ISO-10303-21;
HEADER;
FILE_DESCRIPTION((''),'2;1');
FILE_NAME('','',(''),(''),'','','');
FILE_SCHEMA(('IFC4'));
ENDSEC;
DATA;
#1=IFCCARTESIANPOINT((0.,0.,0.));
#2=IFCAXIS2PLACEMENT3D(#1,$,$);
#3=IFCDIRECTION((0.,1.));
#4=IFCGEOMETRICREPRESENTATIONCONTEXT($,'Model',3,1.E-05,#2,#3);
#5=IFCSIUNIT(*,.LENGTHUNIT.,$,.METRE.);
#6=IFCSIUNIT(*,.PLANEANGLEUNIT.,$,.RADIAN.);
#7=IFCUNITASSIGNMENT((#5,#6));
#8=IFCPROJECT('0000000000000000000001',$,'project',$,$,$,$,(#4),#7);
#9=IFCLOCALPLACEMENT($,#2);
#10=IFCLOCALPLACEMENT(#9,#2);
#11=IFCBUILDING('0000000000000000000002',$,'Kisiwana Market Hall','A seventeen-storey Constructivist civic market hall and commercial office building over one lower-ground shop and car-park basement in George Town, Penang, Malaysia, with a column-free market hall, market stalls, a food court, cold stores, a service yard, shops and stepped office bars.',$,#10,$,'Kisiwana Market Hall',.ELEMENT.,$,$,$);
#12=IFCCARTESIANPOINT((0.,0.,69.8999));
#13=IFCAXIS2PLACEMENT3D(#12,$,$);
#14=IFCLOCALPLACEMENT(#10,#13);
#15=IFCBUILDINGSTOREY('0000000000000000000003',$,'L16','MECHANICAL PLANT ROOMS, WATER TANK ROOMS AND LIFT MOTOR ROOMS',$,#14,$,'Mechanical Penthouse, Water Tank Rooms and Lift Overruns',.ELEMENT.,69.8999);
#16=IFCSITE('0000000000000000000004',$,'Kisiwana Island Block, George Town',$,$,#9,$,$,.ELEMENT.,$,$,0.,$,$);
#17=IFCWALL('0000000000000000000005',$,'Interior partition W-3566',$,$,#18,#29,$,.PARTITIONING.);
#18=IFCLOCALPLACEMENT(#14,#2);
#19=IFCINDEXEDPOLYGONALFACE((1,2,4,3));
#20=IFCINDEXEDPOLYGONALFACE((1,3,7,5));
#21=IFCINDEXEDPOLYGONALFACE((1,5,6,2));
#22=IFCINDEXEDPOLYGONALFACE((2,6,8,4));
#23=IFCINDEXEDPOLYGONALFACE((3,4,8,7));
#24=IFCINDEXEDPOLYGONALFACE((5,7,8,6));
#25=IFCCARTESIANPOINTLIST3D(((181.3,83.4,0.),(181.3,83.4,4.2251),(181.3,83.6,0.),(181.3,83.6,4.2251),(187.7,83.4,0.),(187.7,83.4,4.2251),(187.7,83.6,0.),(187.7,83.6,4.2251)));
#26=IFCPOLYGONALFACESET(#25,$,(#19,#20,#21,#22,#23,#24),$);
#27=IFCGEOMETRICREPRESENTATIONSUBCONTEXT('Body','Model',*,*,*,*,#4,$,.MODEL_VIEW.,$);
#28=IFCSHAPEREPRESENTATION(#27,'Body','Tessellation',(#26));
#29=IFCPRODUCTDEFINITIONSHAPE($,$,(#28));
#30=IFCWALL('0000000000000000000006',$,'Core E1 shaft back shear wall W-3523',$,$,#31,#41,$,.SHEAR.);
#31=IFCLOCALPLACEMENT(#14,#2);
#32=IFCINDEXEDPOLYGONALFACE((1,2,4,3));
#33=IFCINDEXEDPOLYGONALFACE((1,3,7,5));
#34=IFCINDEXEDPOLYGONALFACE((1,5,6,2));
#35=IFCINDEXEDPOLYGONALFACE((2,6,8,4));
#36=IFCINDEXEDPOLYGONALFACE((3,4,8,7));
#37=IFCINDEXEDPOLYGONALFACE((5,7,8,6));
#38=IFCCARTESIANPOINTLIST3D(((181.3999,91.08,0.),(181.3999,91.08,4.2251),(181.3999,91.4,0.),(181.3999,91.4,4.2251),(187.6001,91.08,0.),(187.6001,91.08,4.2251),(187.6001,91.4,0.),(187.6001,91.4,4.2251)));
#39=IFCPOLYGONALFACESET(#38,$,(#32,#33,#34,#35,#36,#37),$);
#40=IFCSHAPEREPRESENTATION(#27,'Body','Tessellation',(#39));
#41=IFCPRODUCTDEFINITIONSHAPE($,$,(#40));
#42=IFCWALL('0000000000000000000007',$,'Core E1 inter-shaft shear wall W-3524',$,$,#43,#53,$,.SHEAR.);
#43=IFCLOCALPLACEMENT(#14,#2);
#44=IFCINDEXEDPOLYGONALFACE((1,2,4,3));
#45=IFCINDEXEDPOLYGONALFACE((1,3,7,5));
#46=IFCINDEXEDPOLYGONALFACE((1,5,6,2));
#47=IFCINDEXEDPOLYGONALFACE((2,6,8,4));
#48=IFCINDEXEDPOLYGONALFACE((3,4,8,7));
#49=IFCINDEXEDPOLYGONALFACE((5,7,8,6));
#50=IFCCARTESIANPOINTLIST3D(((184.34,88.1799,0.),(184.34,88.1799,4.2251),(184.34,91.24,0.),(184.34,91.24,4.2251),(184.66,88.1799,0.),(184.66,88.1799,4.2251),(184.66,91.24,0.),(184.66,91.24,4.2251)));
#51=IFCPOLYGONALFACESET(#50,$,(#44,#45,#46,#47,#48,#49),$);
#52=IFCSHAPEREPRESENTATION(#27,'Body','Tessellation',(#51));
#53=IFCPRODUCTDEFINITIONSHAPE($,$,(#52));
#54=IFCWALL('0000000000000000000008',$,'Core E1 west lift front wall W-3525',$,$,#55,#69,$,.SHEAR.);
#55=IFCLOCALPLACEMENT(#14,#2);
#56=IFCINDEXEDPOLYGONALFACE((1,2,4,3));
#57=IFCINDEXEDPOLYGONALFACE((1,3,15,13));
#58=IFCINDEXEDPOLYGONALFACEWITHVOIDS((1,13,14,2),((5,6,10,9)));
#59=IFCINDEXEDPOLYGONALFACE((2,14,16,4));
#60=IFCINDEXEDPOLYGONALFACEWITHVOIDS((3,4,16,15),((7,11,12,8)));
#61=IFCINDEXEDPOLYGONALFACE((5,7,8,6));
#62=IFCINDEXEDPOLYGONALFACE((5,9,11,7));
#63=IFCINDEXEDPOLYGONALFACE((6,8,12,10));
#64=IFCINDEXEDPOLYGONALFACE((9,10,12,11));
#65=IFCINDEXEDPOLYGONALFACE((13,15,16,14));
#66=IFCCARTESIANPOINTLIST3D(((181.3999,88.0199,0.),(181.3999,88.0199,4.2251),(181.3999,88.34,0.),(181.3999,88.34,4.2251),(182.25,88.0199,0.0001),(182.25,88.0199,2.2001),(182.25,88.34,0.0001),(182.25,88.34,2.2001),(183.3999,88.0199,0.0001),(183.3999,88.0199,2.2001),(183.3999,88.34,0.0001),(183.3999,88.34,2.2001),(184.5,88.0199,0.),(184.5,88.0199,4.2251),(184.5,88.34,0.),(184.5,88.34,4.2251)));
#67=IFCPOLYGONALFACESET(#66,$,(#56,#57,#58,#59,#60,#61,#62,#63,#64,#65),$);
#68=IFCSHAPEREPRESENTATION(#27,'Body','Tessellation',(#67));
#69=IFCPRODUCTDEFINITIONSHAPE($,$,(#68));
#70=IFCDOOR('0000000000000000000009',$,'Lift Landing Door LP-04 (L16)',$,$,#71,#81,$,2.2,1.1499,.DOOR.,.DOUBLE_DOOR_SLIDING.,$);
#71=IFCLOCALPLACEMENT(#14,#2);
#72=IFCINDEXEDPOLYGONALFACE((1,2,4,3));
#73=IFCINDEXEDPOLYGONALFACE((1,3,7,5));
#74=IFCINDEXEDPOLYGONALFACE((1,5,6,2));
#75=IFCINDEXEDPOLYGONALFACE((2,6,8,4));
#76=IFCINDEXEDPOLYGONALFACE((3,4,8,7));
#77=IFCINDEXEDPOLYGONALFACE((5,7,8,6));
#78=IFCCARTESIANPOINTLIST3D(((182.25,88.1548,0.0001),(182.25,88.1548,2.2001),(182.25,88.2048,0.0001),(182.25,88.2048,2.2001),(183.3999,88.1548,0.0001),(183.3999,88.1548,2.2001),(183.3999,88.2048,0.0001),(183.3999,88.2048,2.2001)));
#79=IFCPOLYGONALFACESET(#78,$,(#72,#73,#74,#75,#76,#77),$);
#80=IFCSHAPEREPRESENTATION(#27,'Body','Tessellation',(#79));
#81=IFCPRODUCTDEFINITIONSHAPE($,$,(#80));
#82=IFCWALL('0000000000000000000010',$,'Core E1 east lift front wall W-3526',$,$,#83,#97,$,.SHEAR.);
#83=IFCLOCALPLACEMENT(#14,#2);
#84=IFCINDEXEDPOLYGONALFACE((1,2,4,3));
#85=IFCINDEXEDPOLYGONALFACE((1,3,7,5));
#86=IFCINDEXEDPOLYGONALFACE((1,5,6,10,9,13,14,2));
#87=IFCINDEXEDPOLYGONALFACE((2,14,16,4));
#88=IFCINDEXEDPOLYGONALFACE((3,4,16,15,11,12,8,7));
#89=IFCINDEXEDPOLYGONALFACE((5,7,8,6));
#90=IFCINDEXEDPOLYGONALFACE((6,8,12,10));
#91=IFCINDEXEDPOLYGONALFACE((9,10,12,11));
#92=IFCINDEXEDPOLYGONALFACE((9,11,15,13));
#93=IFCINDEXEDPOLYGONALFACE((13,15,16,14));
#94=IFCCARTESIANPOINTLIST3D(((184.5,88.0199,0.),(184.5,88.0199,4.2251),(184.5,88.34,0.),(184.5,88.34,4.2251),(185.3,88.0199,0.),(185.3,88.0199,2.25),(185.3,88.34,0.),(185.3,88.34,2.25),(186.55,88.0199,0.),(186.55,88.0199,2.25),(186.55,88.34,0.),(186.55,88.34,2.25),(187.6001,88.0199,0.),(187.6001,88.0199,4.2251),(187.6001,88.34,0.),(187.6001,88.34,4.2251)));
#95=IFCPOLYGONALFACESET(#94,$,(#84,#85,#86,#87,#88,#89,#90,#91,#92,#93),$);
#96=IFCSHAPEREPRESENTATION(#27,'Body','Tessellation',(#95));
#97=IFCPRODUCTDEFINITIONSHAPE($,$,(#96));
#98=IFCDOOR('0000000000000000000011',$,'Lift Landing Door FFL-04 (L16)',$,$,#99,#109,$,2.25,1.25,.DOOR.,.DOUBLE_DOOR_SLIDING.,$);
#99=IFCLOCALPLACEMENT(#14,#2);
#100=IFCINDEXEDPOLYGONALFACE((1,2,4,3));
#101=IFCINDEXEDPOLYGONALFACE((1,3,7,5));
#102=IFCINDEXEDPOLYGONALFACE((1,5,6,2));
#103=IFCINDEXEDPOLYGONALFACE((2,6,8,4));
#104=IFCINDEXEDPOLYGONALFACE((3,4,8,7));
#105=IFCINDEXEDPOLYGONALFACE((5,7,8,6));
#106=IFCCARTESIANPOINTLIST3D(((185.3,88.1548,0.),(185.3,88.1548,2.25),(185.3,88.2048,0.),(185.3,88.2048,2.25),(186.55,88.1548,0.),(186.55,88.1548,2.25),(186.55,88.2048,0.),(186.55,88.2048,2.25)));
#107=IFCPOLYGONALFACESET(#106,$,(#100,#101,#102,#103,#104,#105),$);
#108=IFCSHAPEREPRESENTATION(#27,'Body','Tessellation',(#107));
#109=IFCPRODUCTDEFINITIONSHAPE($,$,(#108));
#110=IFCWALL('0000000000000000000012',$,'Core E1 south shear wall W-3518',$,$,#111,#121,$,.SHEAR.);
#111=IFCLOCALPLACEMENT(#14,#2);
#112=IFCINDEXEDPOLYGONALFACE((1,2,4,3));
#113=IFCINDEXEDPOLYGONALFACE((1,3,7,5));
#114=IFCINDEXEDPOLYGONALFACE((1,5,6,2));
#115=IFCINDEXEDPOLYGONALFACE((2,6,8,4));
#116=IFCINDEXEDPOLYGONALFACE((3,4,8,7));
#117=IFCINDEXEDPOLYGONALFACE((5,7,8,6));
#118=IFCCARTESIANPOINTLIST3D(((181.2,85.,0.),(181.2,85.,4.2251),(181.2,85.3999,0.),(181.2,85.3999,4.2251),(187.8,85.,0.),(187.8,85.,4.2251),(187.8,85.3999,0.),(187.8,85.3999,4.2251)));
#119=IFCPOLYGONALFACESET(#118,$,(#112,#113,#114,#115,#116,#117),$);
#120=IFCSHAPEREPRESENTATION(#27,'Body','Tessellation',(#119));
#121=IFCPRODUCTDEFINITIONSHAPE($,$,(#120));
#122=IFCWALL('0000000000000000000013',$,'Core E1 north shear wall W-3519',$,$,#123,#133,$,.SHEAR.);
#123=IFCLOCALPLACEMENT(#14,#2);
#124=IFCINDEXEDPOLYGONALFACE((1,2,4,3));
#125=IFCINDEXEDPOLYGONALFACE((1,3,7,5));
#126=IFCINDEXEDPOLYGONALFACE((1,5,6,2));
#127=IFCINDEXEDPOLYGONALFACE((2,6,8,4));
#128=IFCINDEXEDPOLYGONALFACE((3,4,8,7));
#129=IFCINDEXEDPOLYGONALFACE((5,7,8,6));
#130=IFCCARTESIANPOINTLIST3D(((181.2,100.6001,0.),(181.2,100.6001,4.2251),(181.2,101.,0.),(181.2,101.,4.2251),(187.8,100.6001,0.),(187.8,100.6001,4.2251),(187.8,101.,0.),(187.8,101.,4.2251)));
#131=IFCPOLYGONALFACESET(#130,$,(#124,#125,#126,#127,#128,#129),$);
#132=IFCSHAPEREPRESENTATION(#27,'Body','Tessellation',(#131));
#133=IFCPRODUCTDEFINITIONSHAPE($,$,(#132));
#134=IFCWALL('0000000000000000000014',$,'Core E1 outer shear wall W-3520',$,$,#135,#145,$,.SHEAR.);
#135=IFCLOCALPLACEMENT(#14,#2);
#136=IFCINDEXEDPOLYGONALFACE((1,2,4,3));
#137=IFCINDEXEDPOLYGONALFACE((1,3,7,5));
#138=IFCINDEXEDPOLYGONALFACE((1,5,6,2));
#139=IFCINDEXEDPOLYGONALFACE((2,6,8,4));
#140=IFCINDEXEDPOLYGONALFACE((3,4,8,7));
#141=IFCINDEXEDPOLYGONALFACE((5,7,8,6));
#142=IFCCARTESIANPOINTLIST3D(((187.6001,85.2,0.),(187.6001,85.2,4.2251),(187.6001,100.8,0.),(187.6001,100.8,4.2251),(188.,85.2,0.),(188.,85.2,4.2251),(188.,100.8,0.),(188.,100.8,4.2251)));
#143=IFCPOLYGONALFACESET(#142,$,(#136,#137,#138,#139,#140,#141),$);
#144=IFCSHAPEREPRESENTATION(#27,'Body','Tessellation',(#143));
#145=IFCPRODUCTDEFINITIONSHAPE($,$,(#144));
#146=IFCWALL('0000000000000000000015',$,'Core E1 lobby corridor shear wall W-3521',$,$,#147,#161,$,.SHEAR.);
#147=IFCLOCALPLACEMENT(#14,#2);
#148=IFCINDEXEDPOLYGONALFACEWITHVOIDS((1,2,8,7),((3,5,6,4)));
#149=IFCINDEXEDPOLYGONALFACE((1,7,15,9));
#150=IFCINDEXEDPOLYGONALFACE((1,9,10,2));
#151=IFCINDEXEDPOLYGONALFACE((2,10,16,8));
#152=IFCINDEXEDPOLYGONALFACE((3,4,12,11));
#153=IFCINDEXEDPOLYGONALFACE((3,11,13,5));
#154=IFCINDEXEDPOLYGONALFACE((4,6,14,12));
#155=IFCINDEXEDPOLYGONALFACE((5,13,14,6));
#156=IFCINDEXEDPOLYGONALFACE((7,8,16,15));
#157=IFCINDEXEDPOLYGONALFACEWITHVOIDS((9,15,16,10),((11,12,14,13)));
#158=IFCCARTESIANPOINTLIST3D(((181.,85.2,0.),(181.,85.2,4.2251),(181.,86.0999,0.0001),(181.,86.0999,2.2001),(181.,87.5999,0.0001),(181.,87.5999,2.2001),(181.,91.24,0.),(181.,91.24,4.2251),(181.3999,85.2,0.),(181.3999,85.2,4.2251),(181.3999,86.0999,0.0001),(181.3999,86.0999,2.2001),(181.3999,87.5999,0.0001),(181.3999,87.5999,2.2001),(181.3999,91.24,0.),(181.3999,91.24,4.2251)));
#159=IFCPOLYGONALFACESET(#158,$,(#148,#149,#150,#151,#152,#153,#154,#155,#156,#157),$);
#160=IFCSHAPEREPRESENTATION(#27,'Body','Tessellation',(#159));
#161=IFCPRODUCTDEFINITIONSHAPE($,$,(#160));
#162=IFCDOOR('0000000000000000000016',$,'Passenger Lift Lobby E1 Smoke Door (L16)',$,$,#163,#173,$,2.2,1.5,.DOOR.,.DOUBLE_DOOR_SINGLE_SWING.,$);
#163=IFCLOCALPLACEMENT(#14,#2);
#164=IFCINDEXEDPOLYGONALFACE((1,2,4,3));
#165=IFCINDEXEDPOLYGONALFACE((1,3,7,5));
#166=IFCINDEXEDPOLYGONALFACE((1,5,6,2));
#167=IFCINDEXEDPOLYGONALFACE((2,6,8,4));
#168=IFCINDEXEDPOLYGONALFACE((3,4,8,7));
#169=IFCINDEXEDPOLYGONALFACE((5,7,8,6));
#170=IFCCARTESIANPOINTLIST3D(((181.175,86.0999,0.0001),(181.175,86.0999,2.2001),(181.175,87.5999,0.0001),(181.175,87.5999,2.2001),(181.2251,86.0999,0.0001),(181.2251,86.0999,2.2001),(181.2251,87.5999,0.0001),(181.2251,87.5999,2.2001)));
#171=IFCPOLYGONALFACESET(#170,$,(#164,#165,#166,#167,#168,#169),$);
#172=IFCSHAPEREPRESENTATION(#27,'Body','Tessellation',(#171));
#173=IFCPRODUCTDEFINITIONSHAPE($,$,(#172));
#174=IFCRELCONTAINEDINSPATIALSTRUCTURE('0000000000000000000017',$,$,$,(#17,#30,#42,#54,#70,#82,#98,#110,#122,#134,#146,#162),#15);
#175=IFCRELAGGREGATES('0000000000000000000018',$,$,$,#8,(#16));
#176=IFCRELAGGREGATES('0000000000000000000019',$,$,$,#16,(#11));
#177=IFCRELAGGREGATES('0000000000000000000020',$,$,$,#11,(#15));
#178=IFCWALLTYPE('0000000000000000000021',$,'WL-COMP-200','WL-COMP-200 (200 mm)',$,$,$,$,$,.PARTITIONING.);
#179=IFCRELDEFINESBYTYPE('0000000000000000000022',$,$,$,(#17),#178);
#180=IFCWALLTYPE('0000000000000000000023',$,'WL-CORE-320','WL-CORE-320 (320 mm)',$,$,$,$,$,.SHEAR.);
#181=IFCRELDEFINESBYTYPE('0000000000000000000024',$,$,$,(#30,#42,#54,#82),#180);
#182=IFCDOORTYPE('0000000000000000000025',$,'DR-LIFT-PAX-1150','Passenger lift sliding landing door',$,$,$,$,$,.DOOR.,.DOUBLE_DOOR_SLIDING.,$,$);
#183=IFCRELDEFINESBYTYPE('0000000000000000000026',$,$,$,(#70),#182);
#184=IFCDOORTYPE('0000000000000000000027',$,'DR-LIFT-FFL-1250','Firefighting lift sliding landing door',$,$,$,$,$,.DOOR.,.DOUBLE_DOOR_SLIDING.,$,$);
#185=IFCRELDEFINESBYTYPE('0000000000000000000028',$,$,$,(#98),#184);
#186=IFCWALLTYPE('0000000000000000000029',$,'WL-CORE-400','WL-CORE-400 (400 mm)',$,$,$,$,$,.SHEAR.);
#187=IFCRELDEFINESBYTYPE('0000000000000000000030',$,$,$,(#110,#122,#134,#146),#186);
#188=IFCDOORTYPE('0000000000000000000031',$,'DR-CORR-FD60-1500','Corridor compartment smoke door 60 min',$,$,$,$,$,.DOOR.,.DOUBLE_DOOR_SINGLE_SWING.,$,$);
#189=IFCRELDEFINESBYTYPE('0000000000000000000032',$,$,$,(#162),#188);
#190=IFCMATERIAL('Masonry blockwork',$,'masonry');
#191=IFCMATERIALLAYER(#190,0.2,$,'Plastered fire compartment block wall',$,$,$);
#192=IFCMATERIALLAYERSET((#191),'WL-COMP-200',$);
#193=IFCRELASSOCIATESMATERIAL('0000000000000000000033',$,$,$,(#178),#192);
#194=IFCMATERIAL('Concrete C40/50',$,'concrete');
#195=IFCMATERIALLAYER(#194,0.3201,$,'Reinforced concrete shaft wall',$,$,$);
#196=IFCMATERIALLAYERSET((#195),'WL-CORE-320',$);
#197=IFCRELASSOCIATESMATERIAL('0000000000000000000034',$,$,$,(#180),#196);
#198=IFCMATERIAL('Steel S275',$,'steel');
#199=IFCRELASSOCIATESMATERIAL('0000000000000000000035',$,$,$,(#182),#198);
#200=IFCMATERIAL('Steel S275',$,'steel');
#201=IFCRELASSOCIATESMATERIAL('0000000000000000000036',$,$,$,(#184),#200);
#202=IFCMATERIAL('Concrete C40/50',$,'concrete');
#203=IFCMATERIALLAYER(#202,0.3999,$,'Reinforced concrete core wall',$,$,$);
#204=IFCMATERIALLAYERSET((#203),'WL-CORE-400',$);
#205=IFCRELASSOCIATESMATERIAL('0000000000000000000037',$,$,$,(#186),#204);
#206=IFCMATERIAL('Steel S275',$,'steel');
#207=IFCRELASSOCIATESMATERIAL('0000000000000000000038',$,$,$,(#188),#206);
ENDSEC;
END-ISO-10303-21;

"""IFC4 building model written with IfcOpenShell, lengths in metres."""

from ifc_helpers import new_model, si_unit, direction, frame, frame_2d, origin, place, context, subcontext, project, spatial, rectangle, extrude, material, layer, layer_set, type_object, element, fill, save


model = new_model("IFC4")

# Units and contexts
model_context = context("Model", 3, precision=1e-05, world=origin(), true_north=direction((0.0, 1.0)))
body_context = subcontext(model_context, "Body", "Model", "MODEL_VIEW")
ifc_project = project(units=[si_unit("LENGTHUNIT", "METRE"), si_unit("PLANEANGLEUNIT", "RADIAN")], contexts=[model_context])

# Site, building, storey
site_placement = place(None, origin())
site = spatial("IfcSite", under=ifc_project, at=site_placement, Name="Kisiwana Island Block, George Town", CompositionType="ELEMENT", RefElevation=0.0)
building_placement = place(site_placement, origin())
building = spatial("IfcBuilding", under=site, at=building_placement, Name="Kisiwana Market Hall", Description="A seventeen-storey Constructivist civic market hall and commercial office building over one lower-ground shop and car-park basement in George Town, Penang, Malaysia, with a column-free market hall, market stalls, a food court, cold stores, a service yard, shops and stepped office bars.", LongName="Kisiwana Market Hall", CompositionType="ELEMENT")
storey_placement = place(building_placement, frame((0.0, 0.0, 69.8999)))
storey = spatial("IfcBuildingStorey", under=building, at=storey_placement, Name="L16", Description="MECHANICAL PLANT ROOMS, WATER TANK ROOMS AND LIFT MOTOR ROOMS", LongName="Mechanical Penthouse, Water Tank Rooms and Lift Overruns", CompositionType="ELEMENT", Elevation=69.8999)

# Shared definitions
ifc_material_1 = material(Name="Masonry blockwork", Category="masonry")
ifc_layer_1 = layer(ifc_material_1, 0.2, Name="Plastered fire compartment block wall")
ifc_layer_set_1 = layer_set([ifc_layer_1], Name="WL-COMP-200")
wall_type_1 = type_object("IfcWallType", Name="WL-COMP-200", Description="WL-COMP-200 (200 mm)", PredefinedType="PARTITIONING", material=ifc_layer_set_1)

# Walls
for number, where, z_axis, x_axis, name in (
    (1, (181.3, 83.5, 0.0), (0.0, 0.0, 1.0), (1.0, 0.0, 0.0), "Interior partition W-3566"),
):
    element("IfcWall", number, at=place(storey_placement, frame(where, z_axis=z_axis, x_axis=x_axis)), inside=storey, type_object=wall_type_1, Name=name, PredefinedType="PARTITIONING", context=body_context, shape_type="SweptSolid", body=[
        extrude(rectangle(XDim=6.3999, YDim=0.2, at=frame_2d((3.2, 0.0))), origin(), (0.0, 0.0, 1.0), 4.2251),
    ])
ifc_material_2 = material(Name="Concrete C40/50", Category="concrete")
ifc_layer_2 = layer(ifc_material_2, 0.3201, Name="Reinforced concrete shaft wall")
ifc_layer_set_2 = layer_set([ifc_layer_2], Name="WL-CORE-320")
wall_type_2 = type_object("IfcWallType", Name="WL-CORE-320", Description="WL-CORE-320 (320 mm)", PredefinedType="SHEAR", material=ifc_layer_set_2)
wall_1_placement = place(storey_placement, frame((181.3999, 91.24, 0.0), z_axis=(0.0, 0.0, 1.0), x_axis=(1.0, 0.0, 0.0)))
element("IfcWall", 2, at=wall_1_placement, inside=storey, type_object=wall_type_2, Name="Core E1 shaft back shear wall W-3523", PredefinedType="SHEAR", context=body_context, shape_type="SweptSolid", body=[
    extrude(rectangle(XDim=6.2002, YDim=0.3201, at=frame_2d((3.1001, 0.0))), origin(), (0.0, 0.0, 1.0), 4.2251),
])
wall_2_placement = place(storey_placement, frame((184.5, 88.1799, 0.0), z_axis=(0.0, 0.0, 1.0), x_axis=(0.0, 1.0, 0.0)))
element("IfcWall", 3, at=wall_2_placement, inside=storey, type_object=wall_type_2, Name="Core E1 inter-shaft shear wall W-3524", PredefinedType="SHEAR", context=body_context, shape_type="SweptSolid", body=[
    extrude(rectangle(XDim=3.0601, YDim=0.3201, at=frame_2d((1.53, 0.0))), origin(), (0.0, 0.0, 1.0), 4.2251),
])

# Walls, openings, doors
wall_3_placement = place(storey_placement, frame((181.3999, 88.1799, 0.0), z_axis=(0.0, 0.0, 1.0), x_axis=(1.0, 0.0, 0.0)))
wall_3 = element("IfcWall", 4, at=wall_3_placement, inside=storey, type_object=wall_type_2, Name="Core E1 west lift front wall W-3525", PredefinedType="SHEAR", context=body_context, shape_type="SweptSolid", body=[
    extrude(rectangle(XDim=3.1001, YDim=0.3201, at=frame_2d((1.55, 0.0))), origin(), (0.0, 0.0, 1.0), 4.2251),
])
opening_1_placement = place(wall_3_placement, frame((0.8501, 0.0, 0.0)))
opening_1 = element("IfcOpeningElement", 5, at=opening_1_placement, cuts=wall_3, PredefinedType="OPENING", context=body_context, shape_type="SweptSolid", body=[
    extrude(rectangle(XDim=1.1499, YDim=2.2, at=frame_2d((0.575, 1.1001))), frame((0.0, 0.1719, 0.0), z_axis=(0.0, -1.0, 0.0), x_axis=(1.0, 0.0, 0.0)), (0.0, 0.0, 1.0), 0.344),
])
ifc_material_3 = material(Name="Steel S275", Category="steel")
door_type_1 = type_object("IfcDoorType", Name="DR-LIFT-PAX-1150", Description="Passenger lift sliding landing door", OperationType="DOUBLE_DOOR_SLIDING", PredefinedType="DOOR", material=ifc_material_3)
door_1_placement = place(opening_1_placement, origin())
door_1 = element("IfcDoor", 6, at=door_1_placement, inside=storey, type_object=door_type_1, Name="Lift Landing Door LP-04 (L16)", OperationType="DOUBLE_DOOR_SLIDING", OverallHeight=2.2, OverallWidth=1.1499, PredefinedType="DOOR", context=body_context, shape_type="SweptSolid", body=[
    extrude(rectangle(XDim=1.1499, YDim=2.2, at=frame_2d((0.575, 1.1001))), frame((0.0, 0.0249, 0.0), z_axis=(0.0, -1.0, 0.0), x_axis=(1.0, 0.0, 0.0)), (0.0, 0.0, 1.0), 0.05),
])
fill(opening_1, door_1)
wall_4_placement = place(storey_placement, frame((184.5, 88.1799, 0.0), z_axis=(0.0, 0.0, 1.0), x_axis=(1.0, 0.0, 0.0)))
wall_4 = element("IfcWall", 7, at=wall_4_placement, inside=storey, type_object=wall_type_2, Name="Core E1 east lift front wall W-3526", PredefinedType="SHEAR", context=body_context, shape_type="SweptSolid", body=[
    extrude(rectangle(XDim=3.1001, YDim=0.3201, at=frame_2d((1.55, 0.0))), origin(), (0.0, 0.0, 1.0), 4.2251),
])
opening_2_placement = place(wall_4_placement, frame((0.8, 0.0, 0.0)))
opening_2 = element("IfcOpeningElement", 8, at=opening_2_placement, cuts=wall_4, PredefinedType="OPENING", context=body_context, shape_type="SweptSolid", body=[
    extrude(rectangle(XDim=1.25, YDim=2.25, at=frame_2d((0.625, 1.125))), frame((0.0, 0.1719, 0.0), z_axis=(0.0, -1.0, 0.0), x_axis=(1.0, 0.0, 0.0)), (0.0, 0.0, 1.0), 0.344),
])
ifc_material_4 = material(Name="Steel S275", Category="steel")
door_type_2 = type_object("IfcDoorType", Name="DR-LIFT-FFL-1250", Description="Firefighting lift sliding landing door", OperationType="DOUBLE_DOOR_SLIDING", PredefinedType="DOOR", material=ifc_material_4)
door_2_placement = place(opening_2_placement, origin())
door_2 = element("IfcDoor", 9, at=door_2_placement, inside=storey, type_object=door_type_2, Name="Lift Landing Door FFL-04 (L16)", OperationType="DOUBLE_DOOR_SLIDING", OverallHeight=2.25, OverallWidth=1.25, PredefinedType="DOOR", context=body_context, shape_type="SweptSolid", body=[
    extrude(rectangle(XDim=1.25, YDim=2.25, at=frame_2d((0.625, 1.125))), frame((0.0, 0.0249, 0.0), z_axis=(0.0, -1.0, 0.0), x_axis=(1.0, 0.0, 0.0)), (0.0, 0.0, 1.0), 0.05),
])
fill(opening_2, door_2)

# Walls
ifc_material_5 = material(Name="Concrete C40/50", Category="concrete")
ifc_layer_3 = layer(ifc_material_5, 0.3999, Name="Reinforced concrete core wall")
ifc_layer_set_3 = layer_set([ifc_layer_3], Name="WL-CORE-400")
wall_type_3 = type_object("IfcWallType", Name="WL-CORE-400", Description="WL-CORE-400 (400 mm)", PredefinedType="SHEAR", material=ifc_layer_set_3)
for number, where, z_axis, x_axis, name in (
    (10, (181.2, 85.2, 0.0), (0.0, 0.0, 1.0), (1.0, 0.0, 0.0), "Core E1 south shear wall W-3518"),
    (11, (181.2, 100.8, 0.0), (0.0, 0.0, 1.0), (1.0, 0.0, 0.0), "Core E1 north shear wall W-3519"),
):
    element("IfcWall", number, at=place(storey_placement, frame(where, z_axis=z_axis, x_axis=x_axis)), inside=storey, type_object=wall_type_3, Name=name, PredefinedType="SHEAR", context=body_context, shape_type="SweptSolid", body=[
        extrude(rectangle(XDim=6.6001, YDim=0.3999, at=frame_2d((3.3, 0.0))), origin(), (0.0, 0.0, 1.0), 4.2251),
    ])
wall_5_placement = place(storey_placement, frame((187.8, 85.2, 0.0), z_axis=(0.0, 0.0, 1.0), x_axis=(0.0, 1.0, 0.0)))
element("IfcWall", 12, at=wall_5_placement, inside=storey, type_object=wall_type_3, Name="Core E1 outer shear wall W-3520", PredefinedType="SHEAR", context=body_context, shape_type="SweptSolid", body=[
    extrude(rectangle(XDim=15.6001, YDim=0.3999, at=frame_2d((7.8, 0.0))), origin(), (0.0, 0.0, 1.0), 4.2251),
])

# Wall, opening, door
wall_6_placement = place(storey_placement, frame((181.2, 85.2, 0.0), z_axis=(0.0, 0.0, 1.0), x_axis=(0.0, 1.0, 0.0)))
wall_6 = element("IfcWall", 13, at=wall_6_placement, inside=storey, type_object=wall_type_3, Name="Core E1 lobby corridor shear wall W-3521", PredefinedType="SHEAR", context=body_context, shape_type="SweptSolid", body=[
    extrude(rectangle(XDim=6.04, YDim=0.3999, at=frame_2d((3.02, 0.0))), origin(), (0.0, 0.0, 1.0), 4.2251),
])
opening_3_placement = place(wall_6_placement, frame((0.8999, 0.0, 0.0)))
opening_3 = element("IfcOpeningElement", 14, at=opening_3_placement, cuts=wall_6, PredefinedType="OPENING", context=body_context, shape_type="SweptSolid", body=[
    extrude(rectangle(XDim=1.5, YDim=2.2, at=frame_2d((0.75, 1.1001))), frame((0.0, 0.2119, 0.0), z_axis=(0.0, -1.0, 0.0), x_axis=(1.0, 0.0, 0.0)), (0.0, 0.0, 1.0), 0.4238),
])
ifc_material_6 = material(Name="Steel S275", Category="steel")
door_type_3 = type_object("IfcDoorType", Name="DR-CORR-FD60-1500", Description="Corridor compartment smoke door 60 min", OperationType="DOUBLE_DOOR_SINGLE_SWING", PredefinedType="DOOR", material=ifc_material_6)
door_3_placement = place(opening_3_placement, origin())
door_3 = element("IfcDoor", 15, at=door_3_placement, inside=storey, type_object=door_type_3, Name="Passenger Lift Lobby E1 Smoke Door (L16)", OperationType="DOUBLE_DOOR_SINGLE_SWING", OverallHeight=2.2, OverallWidth=1.5, PredefinedType="DOOR", context=body_context, shape_type="SweptSolid", body=[
    extrude(rectangle(XDim=1.5, YDim=2.2, at=frame_2d((0.75, 1.1001))), frame((0.0, 0.0249, 0.0), z_axis=(0.0, -1.0, 0.0), x_axis=(1.0, 0.0, 0.0)), (0.0, 0.0, 1.0), 0.05),
])
fill(opening_3, door_3)

save(model, "model.ifc")
